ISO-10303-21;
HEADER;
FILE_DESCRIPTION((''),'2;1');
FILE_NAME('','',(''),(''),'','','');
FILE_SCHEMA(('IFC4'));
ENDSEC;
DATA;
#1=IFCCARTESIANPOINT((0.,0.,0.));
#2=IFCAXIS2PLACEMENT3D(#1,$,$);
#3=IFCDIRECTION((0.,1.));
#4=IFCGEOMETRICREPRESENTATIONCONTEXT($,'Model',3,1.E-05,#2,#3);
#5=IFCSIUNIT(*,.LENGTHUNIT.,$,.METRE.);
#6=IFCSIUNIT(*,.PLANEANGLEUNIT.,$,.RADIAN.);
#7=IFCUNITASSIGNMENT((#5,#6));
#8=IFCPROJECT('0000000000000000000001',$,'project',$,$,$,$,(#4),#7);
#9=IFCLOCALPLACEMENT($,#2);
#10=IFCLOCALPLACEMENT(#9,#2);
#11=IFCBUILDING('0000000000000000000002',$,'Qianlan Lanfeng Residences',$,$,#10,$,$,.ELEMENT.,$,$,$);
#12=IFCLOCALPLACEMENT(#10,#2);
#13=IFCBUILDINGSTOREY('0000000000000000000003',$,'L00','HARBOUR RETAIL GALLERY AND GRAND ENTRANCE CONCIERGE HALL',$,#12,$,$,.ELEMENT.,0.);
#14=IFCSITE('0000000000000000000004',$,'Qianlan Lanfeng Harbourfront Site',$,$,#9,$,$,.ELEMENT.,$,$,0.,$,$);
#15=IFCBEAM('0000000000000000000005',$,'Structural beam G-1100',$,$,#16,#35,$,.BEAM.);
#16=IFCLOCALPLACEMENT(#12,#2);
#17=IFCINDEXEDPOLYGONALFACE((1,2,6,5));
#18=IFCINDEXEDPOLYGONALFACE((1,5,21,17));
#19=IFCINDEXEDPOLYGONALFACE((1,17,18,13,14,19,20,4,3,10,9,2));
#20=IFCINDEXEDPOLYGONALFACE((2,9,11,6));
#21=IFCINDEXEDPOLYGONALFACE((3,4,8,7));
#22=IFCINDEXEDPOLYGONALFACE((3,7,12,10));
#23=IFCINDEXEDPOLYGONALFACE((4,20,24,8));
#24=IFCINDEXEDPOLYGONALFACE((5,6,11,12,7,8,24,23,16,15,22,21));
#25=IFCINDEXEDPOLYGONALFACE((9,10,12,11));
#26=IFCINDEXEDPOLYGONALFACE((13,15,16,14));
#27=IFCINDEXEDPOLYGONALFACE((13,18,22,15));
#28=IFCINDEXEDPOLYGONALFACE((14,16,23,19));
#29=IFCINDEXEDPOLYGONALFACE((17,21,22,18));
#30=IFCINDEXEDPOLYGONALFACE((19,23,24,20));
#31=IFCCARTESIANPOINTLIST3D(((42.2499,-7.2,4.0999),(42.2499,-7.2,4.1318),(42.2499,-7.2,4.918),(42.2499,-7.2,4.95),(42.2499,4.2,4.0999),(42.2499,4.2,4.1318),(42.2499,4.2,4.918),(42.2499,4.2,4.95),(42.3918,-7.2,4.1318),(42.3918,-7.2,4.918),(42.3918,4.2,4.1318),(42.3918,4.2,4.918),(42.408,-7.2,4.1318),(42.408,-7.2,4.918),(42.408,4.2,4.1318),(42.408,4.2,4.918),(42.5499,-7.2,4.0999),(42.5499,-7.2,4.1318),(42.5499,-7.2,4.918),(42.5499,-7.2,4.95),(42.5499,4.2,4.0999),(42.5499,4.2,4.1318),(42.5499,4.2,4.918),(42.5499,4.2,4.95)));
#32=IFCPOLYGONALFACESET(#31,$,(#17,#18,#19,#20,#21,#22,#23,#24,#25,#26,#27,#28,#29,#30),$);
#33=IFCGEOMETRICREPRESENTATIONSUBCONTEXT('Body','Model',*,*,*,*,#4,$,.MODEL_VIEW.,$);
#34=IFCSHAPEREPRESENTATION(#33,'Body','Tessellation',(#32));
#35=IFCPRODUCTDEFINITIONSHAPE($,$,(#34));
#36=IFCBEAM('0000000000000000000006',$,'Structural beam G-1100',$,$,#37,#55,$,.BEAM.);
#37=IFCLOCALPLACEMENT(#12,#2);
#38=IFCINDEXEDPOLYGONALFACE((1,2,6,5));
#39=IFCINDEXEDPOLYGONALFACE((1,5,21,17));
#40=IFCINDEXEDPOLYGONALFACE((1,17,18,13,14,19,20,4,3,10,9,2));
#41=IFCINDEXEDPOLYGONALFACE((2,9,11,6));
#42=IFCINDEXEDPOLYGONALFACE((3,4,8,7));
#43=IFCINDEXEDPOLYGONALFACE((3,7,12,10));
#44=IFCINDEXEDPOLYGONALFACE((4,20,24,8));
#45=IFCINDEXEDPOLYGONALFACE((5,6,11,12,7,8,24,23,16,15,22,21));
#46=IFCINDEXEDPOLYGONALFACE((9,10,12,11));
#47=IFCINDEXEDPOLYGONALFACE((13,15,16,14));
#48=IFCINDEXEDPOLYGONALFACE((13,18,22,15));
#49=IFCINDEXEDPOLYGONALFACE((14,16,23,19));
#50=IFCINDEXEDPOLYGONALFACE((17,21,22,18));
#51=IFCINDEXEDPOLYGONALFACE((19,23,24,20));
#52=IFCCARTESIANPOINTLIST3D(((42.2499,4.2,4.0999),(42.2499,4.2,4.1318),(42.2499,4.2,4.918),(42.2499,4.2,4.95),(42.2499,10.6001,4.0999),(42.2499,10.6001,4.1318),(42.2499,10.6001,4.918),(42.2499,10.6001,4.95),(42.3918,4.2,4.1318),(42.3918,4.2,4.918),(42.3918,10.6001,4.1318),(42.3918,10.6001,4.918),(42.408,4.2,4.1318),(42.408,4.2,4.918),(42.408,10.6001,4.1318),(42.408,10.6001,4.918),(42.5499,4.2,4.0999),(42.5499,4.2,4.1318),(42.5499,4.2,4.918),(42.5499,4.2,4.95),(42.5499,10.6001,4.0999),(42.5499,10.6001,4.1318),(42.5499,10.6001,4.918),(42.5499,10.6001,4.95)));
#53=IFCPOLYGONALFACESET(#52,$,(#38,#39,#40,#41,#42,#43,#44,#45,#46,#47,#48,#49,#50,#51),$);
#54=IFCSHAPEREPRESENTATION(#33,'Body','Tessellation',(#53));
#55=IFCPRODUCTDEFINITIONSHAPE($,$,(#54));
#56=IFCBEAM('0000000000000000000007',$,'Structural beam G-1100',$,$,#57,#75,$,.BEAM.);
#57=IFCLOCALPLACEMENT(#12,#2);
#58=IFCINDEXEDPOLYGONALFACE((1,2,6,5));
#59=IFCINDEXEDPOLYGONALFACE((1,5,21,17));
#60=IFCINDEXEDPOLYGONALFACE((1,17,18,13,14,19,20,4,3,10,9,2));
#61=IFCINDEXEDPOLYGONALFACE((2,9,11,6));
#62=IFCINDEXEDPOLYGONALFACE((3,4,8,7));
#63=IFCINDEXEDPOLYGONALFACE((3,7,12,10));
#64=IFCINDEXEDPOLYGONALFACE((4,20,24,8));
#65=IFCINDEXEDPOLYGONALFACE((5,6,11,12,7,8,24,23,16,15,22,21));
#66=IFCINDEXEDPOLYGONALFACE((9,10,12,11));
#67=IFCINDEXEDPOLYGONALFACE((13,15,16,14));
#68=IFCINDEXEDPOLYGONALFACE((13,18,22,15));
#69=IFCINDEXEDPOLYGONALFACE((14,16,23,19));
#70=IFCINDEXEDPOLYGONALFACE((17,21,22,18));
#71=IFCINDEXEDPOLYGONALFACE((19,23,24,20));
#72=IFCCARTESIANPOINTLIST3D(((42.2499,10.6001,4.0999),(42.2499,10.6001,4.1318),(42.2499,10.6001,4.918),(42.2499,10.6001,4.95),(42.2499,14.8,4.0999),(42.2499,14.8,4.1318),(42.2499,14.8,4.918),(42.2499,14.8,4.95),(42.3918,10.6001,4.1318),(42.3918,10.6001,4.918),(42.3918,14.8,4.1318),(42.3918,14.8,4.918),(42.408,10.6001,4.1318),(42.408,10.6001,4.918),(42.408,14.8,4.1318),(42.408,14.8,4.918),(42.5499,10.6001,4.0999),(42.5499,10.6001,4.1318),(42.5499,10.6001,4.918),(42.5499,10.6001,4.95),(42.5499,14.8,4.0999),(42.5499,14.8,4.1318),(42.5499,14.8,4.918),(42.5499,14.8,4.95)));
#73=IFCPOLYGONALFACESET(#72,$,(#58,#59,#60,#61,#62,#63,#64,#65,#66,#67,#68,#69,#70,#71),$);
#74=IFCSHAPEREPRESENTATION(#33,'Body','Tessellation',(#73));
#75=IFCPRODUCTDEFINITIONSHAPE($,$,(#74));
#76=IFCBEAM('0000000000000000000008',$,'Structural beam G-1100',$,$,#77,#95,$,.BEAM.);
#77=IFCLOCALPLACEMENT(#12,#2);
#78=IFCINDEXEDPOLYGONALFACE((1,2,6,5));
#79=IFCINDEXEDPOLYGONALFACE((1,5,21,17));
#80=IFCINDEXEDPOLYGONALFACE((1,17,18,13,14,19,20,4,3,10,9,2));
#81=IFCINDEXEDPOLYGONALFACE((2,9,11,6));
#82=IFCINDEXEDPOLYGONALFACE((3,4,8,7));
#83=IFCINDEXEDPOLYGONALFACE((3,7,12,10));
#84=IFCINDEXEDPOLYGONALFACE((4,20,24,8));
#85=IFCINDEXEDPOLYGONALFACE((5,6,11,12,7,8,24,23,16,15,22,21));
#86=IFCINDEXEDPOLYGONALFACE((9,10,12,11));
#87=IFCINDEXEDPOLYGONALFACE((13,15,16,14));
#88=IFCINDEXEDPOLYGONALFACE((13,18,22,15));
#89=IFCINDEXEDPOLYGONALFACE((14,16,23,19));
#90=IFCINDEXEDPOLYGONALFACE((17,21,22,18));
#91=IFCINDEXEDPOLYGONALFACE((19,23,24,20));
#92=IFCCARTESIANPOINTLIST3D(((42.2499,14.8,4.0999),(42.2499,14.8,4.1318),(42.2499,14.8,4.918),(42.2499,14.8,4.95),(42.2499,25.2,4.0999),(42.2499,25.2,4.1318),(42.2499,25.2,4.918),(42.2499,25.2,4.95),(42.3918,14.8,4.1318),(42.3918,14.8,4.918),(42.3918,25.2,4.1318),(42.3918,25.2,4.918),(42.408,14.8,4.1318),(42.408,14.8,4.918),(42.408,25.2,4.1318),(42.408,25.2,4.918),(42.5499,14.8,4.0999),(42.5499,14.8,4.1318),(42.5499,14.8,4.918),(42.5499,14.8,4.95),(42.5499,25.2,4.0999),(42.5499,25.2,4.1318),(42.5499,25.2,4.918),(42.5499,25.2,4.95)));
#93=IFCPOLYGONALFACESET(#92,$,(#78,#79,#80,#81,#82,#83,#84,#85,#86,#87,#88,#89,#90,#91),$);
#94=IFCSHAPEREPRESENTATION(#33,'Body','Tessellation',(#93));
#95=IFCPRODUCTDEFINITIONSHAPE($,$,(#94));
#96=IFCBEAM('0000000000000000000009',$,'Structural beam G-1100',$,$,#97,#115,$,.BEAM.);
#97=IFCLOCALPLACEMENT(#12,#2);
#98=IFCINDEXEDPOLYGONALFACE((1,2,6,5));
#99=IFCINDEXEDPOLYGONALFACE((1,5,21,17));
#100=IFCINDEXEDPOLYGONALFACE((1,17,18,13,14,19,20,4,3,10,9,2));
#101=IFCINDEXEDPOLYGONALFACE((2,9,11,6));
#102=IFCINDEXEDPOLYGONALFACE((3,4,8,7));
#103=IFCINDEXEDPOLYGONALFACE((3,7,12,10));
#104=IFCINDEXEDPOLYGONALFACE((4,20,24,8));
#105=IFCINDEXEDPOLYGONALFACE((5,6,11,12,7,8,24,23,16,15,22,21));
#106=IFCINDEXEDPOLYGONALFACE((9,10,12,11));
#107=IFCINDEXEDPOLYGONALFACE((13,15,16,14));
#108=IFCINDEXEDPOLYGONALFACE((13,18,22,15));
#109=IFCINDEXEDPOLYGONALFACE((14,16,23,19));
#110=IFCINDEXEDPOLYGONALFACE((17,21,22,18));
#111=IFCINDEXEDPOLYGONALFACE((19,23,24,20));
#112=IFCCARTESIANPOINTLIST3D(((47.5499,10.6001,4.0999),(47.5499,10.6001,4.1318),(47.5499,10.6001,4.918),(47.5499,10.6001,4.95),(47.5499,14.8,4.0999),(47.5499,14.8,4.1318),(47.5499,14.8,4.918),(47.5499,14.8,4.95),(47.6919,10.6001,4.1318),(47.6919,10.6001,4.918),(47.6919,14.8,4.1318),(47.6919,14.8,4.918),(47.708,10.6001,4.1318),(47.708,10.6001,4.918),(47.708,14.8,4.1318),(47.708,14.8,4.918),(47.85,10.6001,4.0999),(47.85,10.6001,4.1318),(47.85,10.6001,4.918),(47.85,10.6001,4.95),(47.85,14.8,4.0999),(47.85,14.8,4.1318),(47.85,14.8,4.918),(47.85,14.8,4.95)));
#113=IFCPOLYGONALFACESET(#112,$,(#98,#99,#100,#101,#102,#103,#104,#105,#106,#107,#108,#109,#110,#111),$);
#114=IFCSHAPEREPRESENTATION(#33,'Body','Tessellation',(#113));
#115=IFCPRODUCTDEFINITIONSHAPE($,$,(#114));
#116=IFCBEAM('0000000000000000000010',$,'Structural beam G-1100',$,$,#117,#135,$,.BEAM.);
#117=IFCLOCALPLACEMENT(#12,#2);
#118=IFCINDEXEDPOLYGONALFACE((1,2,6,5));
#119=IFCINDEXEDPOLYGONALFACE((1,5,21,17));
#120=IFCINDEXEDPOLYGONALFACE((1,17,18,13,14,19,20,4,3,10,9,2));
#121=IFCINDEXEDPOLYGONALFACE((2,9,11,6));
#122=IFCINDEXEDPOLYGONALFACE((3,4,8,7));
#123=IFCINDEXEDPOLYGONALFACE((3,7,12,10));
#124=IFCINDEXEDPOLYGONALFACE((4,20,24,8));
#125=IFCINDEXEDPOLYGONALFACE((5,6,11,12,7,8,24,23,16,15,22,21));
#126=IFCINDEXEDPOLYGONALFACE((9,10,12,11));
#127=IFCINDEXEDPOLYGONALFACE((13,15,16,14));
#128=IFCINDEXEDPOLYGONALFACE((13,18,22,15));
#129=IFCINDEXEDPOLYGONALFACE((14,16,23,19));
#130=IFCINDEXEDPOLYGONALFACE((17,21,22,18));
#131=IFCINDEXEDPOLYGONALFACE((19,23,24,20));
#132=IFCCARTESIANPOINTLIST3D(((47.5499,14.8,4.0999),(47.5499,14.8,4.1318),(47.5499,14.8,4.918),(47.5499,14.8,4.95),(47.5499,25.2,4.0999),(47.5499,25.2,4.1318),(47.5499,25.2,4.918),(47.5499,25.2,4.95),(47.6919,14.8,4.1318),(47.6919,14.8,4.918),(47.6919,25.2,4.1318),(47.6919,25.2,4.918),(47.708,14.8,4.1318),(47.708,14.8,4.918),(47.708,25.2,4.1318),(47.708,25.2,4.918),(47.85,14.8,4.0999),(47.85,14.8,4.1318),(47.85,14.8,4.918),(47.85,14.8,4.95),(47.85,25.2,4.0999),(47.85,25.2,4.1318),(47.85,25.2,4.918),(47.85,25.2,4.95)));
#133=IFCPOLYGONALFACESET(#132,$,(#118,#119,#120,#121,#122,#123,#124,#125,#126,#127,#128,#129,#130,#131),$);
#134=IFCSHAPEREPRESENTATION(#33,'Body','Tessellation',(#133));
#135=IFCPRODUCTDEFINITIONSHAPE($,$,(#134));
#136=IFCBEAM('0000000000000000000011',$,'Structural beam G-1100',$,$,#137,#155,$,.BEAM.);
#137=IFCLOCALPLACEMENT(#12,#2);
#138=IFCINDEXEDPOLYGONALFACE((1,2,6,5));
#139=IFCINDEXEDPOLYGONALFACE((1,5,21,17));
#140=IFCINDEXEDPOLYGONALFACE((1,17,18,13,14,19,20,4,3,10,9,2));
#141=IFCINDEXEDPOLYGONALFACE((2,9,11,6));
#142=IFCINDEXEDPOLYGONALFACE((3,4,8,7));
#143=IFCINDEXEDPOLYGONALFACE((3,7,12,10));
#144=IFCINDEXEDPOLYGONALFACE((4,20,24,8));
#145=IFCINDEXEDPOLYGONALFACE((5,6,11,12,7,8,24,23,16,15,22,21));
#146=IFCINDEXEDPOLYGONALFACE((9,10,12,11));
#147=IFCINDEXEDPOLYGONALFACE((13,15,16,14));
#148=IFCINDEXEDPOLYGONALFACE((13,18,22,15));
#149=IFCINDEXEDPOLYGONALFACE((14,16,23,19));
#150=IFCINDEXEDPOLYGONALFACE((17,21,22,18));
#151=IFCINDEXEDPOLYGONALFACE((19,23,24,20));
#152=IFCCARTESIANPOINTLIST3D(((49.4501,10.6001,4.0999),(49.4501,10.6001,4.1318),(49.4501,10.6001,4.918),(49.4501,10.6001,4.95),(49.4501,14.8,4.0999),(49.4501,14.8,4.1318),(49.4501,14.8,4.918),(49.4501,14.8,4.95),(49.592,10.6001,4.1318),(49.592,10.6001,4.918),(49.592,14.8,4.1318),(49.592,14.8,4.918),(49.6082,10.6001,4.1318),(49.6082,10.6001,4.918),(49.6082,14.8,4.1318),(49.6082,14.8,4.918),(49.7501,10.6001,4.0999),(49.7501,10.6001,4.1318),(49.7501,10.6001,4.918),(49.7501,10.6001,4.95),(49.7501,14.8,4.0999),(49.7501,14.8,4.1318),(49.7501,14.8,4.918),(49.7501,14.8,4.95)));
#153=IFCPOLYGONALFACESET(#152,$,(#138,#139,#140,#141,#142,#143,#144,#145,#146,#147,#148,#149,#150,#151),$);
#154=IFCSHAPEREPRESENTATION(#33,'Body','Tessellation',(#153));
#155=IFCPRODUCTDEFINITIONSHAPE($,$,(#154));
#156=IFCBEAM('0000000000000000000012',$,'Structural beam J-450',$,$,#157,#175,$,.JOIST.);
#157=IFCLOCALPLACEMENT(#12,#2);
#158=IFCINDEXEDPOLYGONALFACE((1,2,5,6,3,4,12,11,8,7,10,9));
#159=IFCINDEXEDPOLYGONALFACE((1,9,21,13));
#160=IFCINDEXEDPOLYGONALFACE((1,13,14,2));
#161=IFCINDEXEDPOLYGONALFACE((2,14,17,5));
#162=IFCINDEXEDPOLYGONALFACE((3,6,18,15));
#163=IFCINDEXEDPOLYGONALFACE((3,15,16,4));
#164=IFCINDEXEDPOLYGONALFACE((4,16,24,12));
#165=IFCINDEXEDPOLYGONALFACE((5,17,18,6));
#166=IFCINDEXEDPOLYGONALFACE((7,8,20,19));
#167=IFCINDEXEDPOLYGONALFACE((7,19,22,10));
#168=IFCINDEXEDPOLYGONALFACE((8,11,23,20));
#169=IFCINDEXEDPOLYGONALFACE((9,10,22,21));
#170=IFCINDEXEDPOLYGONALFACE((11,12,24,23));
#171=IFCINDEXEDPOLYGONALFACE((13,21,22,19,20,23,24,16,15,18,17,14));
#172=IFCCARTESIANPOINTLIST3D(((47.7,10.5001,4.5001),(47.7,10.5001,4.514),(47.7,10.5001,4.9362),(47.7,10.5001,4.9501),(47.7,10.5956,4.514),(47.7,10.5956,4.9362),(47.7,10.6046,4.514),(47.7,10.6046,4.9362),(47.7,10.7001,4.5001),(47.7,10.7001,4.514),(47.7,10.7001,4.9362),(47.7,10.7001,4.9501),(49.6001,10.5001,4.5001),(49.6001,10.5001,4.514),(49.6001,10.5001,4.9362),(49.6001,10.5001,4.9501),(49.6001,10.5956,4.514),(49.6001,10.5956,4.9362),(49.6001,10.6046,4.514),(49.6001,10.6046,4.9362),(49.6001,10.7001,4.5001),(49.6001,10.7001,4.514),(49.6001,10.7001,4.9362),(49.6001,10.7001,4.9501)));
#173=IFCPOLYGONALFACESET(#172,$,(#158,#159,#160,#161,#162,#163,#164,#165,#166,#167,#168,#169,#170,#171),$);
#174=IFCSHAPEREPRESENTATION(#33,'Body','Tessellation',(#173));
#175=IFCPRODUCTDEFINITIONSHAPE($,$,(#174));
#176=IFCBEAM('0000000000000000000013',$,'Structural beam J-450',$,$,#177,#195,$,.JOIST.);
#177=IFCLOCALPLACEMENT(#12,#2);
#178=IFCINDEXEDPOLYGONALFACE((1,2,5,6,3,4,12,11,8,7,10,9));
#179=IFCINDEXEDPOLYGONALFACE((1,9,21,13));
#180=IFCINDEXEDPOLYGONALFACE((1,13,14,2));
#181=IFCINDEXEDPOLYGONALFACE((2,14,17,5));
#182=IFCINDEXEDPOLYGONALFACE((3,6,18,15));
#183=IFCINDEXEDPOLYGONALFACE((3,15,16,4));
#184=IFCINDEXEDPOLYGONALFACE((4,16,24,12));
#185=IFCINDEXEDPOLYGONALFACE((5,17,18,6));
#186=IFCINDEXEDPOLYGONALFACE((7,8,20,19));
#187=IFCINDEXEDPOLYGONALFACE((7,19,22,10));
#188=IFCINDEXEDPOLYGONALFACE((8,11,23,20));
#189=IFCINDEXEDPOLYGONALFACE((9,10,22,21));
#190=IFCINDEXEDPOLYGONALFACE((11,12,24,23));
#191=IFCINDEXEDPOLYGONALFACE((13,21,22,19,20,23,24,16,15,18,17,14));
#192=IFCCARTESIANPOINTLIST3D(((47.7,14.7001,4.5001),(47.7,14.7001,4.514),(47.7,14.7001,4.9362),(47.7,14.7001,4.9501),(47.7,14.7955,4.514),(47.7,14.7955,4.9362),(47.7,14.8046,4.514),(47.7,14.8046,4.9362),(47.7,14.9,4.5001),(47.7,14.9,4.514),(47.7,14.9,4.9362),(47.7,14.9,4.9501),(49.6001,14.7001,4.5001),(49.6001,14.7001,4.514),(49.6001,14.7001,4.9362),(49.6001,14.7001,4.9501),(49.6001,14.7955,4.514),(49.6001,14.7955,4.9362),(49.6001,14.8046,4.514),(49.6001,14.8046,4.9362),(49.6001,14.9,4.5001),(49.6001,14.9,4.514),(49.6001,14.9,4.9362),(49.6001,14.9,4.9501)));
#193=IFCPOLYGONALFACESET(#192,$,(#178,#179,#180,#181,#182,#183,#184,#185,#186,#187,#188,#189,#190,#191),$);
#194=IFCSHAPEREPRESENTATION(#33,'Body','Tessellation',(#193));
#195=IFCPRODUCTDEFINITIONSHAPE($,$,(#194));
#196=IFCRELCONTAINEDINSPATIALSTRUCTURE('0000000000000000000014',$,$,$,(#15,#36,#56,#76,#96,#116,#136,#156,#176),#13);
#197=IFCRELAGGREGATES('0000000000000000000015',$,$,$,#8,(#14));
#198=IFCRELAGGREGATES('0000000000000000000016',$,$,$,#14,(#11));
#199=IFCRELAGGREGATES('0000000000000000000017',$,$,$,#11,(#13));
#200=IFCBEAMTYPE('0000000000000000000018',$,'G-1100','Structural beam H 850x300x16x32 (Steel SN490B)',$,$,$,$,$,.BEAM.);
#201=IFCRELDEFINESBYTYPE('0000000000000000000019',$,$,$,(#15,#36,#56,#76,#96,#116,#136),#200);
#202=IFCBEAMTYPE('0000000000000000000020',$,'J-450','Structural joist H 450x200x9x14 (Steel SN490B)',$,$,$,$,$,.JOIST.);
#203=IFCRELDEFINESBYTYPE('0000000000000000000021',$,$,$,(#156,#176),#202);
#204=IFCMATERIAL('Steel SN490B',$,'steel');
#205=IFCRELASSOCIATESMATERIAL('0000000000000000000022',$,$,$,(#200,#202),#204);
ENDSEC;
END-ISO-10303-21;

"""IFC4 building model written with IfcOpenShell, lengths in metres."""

from ifc_helpers import new_model, si_unit, direction, frame, origin, origin_2d, place, context, subcontext, project, spatial, i_section, extrude, material, material_profile, profile_set, type_object, element, save


model = new_model("IFC4")

# Units and contexts
model_context = context("Model", 3, precision=1e-05, world=origin(), true_north=direction((0.0, 1.0)))
body_context = subcontext(model_context, "Body", "Model", "MODEL_VIEW")
ifc_project = project(units=[si_unit("LENGTHUNIT", "METRE"), si_unit("PLANEANGLEUNIT", "RADIAN")], contexts=[model_context])

# Site, building, storey
site_placement = place(None, origin())
site = spatial("IfcSite", under=ifc_project, at=site_placement, Name="Qianlan Lanfeng Harbourfront Site", CompositionType="ELEMENT", RefElevation=0.0)
building_placement = place(site_placement, origin())
building = spatial("IfcBuilding", under=site, at=building_placement, Name="Qianlan Lanfeng Residences", CompositionType="ELEMENT")
storey_placement = place(building_placement, origin())
storey = spatial("IfcBuildingStorey", under=building, at=storey_placement, Name="L00", Description="HARBOUR RETAIL GALLERY AND GRAND ENTRANCE CONCIERGE HALL", CompositionType="ELEMENT", Elevation=0.0)

# Beams
ifc_material_1 = material(Name="Steel SN490B", Category="steel")
ifc_material_profile_1 = material_profile(ifc_material_1, i_section(OverallWidth=0.3, OverallDepth=0.8501, WebThickness=0.0161, FlangeThickness=0.032, at=origin_2d()), Name="H 850x300x16x32")
ifc_profile_set_1 = profile_set([ifc_material_profile_1], Name="Steel SN490B")
beam_type_1 = type_object("IfcBeamType", Name="G-1100", Description="Structural beam H 850x300x16x32 (Steel SN490B)", PredefinedType="BEAM", material=ifc_profile_set_1)
beam_1_placement = place(storey_placement, frame((42.3999, -7.2, 4.5249), z_axis=(0.0, 1.0, 0.0), x_axis=(-1.0, 0.0, 0.0)))
element("IfcBeam", 1, at=beam_1_placement, inside=storey, type_object=beam_type_1, Name="Structural beam G-1100", PredefinedType="BEAM", context=body_context, shape_type="SweptSolid", body=[
    extrude(i_section(OverallWidth=0.3, OverallDepth=0.8501, WebThickness=0.0161, FlangeThickness=0.032, at=origin_2d()), origin(), (0.0, 0.0, 1.0), 11.3999),
])
beam_2_placement = place(storey_placement, frame((42.3999, 4.2, 4.5249), z_axis=(0.0, 1.0, 0.0), x_axis=(-1.0, 0.0, 0.0)))
element("IfcBeam", 2, at=beam_2_placement, inside=storey, type_object=beam_type_1, Name="Structural beam G-1100", PredefinedType="BEAM", context=body_context, shape_type="SweptSolid", body=[
    extrude(i_section(OverallWidth=0.3, OverallDepth=0.8501, WebThickness=0.0161, FlangeThickness=0.032, at=origin_2d()), origin(), (0.0, 0.0, 1.0), 6.4001),
])
beam_3_placement = place(storey_placement, frame((42.3999, 10.6001, 4.5249), z_axis=(0.0, 1.0, 0.0), x_axis=(-1.0, 0.0, 0.0)))
element("IfcBeam", 3, at=beam_3_placement, inside=storey, type_object=beam_type_1, Name="Structural beam G-1100", PredefinedType="BEAM", context=body_context, shape_type="SweptSolid", body=[
    extrude(i_section(OverallWidth=0.3, OverallDepth=0.8501, WebThickness=0.0161, FlangeThickness=0.032, at=origin_2d()), origin(), (0.0, 0.0, 1.0), 4.2),
])
beam_4_placement = place(storey_placement, frame((42.3999, 14.8, 4.5249), z_axis=(0.0, 1.0, 0.0), x_axis=(-1.0, 0.0, 0.0)))
element("IfcBeam", 4, at=beam_4_placement, inside=storey, type_object=beam_type_1, Name="Structural beam G-1100", PredefinedType="BEAM", context=body_context, shape_type="SweptSolid", body=[
    extrude(i_section(OverallWidth=0.3, OverallDepth=0.8501, WebThickness=0.0161, FlangeThickness=0.032, at=origin_2d()), origin(), (0.0, 0.0, 1.0), 10.3999),
])
beam_5_placement = place(storey_placement, frame((47.7, 10.6001, 4.5249), z_axis=(0.0, 1.0, 0.0), x_axis=(-1.0, 0.0, 0.0)))
element("IfcBeam", 5, at=beam_5_placement, inside=storey, type_object=beam_type_1, Name="Structural beam G-1100", PredefinedType="BEAM", context=body_context, shape_type="SweptSolid", body=[
    extrude(i_section(OverallWidth=0.3, OverallDepth=0.8501, WebThickness=0.0161, FlangeThickness=0.032, at=origin_2d()), origin(), (0.0, 0.0, 1.0), 4.2),
])
beam_6_placement = place(storey_placement, frame((47.7, 14.8, 4.5249), z_axis=(0.0, 1.0, 0.0), x_axis=(-1.0, 0.0, 0.0)))
element("IfcBeam", 6, at=beam_6_placement, inside=storey, type_object=beam_type_1, Name="Structural beam G-1100", PredefinedType="BEAM", context=body_context, shape_type="SweptSolid", body=[
    extrude(i_section(OverallWidth=0.3, OverallDepth=0.8501, WebThickness=0.0161, FlangeThickness=0.032, at=origin_2d()), origin(), (0.0, 0.0, 1.0), 10.3999),
])
beam_7_placement = place(storey_placement, frame((49.6001, 10.6001, 4.5249), z_axis=(0.0, 1.0, 0.0), x_axis=(-1.0, 0.0, 0.0)))
element("IfcBeam", 7, at=beam_7_placement, inside=storey, type_object=beam_type_1, Name="Structural beam G-1100", PredefinedType="BEAM", context=body_context, shape_type="SweptSolid", body=[
    extrude(i_section(OverallWidth=0.3, OverallDepth=0.8501, WebThickness=0.0161, FlangeThickness=0.032, at=origin_2d()), origin(), (0.0, 0.0, 1.0), 4.2),
])
ifc_material_profile_2 = material_profile(ifc_material_1, i_section(OverallWidth=0.2, OverallDepth=0.45, WebThickness=0.009, FlangeThickness=0.0139, at=origin_2d()), Name="H 450x200x9x14")
ifc_profile_set_2 = profile_set([ifc_material_profile_2], Name="Steel SN490B")
beam_type_2 = type_object("IfcBeamType", Name="J-450", Description="Structural joist H 450x200x9x14 (Steel SN490B)", PredefinedType="JOIST", material=ifc_profile_set_2)
for number, where, z_axis, x_axis, name in (
    (8, (47.7, 10.6001, 4.7251), (1.0, 0.0, 0.0), (0.0, 1.0, 0.0), "Structural beam J-450"),
    (9, (47.7, 14.8, 4.7251), (1.0, 0.0, 0.0), (0.0, 1.0, 0.0), "Structural beam J-450"),
):
    element("IfcBeam", number, at=place(storey_placement, frame(where, z_axis=z_axis, x_axis=x_axis)), inside=storey, type_object=beam_type_2, Name=name, PredefinedType="JOIST", context=body_context, shape_type="SweptSolid", body=[
        extrude(i_section(OverallWidth=0.2, OverallDepth=0.45, WebThickness=0.009, FlangeThickness=0.0139, at=origin_2d()), origin(), (0.0, 0.0, 1.0), 1.9001),
    ])

save(model, "model.ifc")
